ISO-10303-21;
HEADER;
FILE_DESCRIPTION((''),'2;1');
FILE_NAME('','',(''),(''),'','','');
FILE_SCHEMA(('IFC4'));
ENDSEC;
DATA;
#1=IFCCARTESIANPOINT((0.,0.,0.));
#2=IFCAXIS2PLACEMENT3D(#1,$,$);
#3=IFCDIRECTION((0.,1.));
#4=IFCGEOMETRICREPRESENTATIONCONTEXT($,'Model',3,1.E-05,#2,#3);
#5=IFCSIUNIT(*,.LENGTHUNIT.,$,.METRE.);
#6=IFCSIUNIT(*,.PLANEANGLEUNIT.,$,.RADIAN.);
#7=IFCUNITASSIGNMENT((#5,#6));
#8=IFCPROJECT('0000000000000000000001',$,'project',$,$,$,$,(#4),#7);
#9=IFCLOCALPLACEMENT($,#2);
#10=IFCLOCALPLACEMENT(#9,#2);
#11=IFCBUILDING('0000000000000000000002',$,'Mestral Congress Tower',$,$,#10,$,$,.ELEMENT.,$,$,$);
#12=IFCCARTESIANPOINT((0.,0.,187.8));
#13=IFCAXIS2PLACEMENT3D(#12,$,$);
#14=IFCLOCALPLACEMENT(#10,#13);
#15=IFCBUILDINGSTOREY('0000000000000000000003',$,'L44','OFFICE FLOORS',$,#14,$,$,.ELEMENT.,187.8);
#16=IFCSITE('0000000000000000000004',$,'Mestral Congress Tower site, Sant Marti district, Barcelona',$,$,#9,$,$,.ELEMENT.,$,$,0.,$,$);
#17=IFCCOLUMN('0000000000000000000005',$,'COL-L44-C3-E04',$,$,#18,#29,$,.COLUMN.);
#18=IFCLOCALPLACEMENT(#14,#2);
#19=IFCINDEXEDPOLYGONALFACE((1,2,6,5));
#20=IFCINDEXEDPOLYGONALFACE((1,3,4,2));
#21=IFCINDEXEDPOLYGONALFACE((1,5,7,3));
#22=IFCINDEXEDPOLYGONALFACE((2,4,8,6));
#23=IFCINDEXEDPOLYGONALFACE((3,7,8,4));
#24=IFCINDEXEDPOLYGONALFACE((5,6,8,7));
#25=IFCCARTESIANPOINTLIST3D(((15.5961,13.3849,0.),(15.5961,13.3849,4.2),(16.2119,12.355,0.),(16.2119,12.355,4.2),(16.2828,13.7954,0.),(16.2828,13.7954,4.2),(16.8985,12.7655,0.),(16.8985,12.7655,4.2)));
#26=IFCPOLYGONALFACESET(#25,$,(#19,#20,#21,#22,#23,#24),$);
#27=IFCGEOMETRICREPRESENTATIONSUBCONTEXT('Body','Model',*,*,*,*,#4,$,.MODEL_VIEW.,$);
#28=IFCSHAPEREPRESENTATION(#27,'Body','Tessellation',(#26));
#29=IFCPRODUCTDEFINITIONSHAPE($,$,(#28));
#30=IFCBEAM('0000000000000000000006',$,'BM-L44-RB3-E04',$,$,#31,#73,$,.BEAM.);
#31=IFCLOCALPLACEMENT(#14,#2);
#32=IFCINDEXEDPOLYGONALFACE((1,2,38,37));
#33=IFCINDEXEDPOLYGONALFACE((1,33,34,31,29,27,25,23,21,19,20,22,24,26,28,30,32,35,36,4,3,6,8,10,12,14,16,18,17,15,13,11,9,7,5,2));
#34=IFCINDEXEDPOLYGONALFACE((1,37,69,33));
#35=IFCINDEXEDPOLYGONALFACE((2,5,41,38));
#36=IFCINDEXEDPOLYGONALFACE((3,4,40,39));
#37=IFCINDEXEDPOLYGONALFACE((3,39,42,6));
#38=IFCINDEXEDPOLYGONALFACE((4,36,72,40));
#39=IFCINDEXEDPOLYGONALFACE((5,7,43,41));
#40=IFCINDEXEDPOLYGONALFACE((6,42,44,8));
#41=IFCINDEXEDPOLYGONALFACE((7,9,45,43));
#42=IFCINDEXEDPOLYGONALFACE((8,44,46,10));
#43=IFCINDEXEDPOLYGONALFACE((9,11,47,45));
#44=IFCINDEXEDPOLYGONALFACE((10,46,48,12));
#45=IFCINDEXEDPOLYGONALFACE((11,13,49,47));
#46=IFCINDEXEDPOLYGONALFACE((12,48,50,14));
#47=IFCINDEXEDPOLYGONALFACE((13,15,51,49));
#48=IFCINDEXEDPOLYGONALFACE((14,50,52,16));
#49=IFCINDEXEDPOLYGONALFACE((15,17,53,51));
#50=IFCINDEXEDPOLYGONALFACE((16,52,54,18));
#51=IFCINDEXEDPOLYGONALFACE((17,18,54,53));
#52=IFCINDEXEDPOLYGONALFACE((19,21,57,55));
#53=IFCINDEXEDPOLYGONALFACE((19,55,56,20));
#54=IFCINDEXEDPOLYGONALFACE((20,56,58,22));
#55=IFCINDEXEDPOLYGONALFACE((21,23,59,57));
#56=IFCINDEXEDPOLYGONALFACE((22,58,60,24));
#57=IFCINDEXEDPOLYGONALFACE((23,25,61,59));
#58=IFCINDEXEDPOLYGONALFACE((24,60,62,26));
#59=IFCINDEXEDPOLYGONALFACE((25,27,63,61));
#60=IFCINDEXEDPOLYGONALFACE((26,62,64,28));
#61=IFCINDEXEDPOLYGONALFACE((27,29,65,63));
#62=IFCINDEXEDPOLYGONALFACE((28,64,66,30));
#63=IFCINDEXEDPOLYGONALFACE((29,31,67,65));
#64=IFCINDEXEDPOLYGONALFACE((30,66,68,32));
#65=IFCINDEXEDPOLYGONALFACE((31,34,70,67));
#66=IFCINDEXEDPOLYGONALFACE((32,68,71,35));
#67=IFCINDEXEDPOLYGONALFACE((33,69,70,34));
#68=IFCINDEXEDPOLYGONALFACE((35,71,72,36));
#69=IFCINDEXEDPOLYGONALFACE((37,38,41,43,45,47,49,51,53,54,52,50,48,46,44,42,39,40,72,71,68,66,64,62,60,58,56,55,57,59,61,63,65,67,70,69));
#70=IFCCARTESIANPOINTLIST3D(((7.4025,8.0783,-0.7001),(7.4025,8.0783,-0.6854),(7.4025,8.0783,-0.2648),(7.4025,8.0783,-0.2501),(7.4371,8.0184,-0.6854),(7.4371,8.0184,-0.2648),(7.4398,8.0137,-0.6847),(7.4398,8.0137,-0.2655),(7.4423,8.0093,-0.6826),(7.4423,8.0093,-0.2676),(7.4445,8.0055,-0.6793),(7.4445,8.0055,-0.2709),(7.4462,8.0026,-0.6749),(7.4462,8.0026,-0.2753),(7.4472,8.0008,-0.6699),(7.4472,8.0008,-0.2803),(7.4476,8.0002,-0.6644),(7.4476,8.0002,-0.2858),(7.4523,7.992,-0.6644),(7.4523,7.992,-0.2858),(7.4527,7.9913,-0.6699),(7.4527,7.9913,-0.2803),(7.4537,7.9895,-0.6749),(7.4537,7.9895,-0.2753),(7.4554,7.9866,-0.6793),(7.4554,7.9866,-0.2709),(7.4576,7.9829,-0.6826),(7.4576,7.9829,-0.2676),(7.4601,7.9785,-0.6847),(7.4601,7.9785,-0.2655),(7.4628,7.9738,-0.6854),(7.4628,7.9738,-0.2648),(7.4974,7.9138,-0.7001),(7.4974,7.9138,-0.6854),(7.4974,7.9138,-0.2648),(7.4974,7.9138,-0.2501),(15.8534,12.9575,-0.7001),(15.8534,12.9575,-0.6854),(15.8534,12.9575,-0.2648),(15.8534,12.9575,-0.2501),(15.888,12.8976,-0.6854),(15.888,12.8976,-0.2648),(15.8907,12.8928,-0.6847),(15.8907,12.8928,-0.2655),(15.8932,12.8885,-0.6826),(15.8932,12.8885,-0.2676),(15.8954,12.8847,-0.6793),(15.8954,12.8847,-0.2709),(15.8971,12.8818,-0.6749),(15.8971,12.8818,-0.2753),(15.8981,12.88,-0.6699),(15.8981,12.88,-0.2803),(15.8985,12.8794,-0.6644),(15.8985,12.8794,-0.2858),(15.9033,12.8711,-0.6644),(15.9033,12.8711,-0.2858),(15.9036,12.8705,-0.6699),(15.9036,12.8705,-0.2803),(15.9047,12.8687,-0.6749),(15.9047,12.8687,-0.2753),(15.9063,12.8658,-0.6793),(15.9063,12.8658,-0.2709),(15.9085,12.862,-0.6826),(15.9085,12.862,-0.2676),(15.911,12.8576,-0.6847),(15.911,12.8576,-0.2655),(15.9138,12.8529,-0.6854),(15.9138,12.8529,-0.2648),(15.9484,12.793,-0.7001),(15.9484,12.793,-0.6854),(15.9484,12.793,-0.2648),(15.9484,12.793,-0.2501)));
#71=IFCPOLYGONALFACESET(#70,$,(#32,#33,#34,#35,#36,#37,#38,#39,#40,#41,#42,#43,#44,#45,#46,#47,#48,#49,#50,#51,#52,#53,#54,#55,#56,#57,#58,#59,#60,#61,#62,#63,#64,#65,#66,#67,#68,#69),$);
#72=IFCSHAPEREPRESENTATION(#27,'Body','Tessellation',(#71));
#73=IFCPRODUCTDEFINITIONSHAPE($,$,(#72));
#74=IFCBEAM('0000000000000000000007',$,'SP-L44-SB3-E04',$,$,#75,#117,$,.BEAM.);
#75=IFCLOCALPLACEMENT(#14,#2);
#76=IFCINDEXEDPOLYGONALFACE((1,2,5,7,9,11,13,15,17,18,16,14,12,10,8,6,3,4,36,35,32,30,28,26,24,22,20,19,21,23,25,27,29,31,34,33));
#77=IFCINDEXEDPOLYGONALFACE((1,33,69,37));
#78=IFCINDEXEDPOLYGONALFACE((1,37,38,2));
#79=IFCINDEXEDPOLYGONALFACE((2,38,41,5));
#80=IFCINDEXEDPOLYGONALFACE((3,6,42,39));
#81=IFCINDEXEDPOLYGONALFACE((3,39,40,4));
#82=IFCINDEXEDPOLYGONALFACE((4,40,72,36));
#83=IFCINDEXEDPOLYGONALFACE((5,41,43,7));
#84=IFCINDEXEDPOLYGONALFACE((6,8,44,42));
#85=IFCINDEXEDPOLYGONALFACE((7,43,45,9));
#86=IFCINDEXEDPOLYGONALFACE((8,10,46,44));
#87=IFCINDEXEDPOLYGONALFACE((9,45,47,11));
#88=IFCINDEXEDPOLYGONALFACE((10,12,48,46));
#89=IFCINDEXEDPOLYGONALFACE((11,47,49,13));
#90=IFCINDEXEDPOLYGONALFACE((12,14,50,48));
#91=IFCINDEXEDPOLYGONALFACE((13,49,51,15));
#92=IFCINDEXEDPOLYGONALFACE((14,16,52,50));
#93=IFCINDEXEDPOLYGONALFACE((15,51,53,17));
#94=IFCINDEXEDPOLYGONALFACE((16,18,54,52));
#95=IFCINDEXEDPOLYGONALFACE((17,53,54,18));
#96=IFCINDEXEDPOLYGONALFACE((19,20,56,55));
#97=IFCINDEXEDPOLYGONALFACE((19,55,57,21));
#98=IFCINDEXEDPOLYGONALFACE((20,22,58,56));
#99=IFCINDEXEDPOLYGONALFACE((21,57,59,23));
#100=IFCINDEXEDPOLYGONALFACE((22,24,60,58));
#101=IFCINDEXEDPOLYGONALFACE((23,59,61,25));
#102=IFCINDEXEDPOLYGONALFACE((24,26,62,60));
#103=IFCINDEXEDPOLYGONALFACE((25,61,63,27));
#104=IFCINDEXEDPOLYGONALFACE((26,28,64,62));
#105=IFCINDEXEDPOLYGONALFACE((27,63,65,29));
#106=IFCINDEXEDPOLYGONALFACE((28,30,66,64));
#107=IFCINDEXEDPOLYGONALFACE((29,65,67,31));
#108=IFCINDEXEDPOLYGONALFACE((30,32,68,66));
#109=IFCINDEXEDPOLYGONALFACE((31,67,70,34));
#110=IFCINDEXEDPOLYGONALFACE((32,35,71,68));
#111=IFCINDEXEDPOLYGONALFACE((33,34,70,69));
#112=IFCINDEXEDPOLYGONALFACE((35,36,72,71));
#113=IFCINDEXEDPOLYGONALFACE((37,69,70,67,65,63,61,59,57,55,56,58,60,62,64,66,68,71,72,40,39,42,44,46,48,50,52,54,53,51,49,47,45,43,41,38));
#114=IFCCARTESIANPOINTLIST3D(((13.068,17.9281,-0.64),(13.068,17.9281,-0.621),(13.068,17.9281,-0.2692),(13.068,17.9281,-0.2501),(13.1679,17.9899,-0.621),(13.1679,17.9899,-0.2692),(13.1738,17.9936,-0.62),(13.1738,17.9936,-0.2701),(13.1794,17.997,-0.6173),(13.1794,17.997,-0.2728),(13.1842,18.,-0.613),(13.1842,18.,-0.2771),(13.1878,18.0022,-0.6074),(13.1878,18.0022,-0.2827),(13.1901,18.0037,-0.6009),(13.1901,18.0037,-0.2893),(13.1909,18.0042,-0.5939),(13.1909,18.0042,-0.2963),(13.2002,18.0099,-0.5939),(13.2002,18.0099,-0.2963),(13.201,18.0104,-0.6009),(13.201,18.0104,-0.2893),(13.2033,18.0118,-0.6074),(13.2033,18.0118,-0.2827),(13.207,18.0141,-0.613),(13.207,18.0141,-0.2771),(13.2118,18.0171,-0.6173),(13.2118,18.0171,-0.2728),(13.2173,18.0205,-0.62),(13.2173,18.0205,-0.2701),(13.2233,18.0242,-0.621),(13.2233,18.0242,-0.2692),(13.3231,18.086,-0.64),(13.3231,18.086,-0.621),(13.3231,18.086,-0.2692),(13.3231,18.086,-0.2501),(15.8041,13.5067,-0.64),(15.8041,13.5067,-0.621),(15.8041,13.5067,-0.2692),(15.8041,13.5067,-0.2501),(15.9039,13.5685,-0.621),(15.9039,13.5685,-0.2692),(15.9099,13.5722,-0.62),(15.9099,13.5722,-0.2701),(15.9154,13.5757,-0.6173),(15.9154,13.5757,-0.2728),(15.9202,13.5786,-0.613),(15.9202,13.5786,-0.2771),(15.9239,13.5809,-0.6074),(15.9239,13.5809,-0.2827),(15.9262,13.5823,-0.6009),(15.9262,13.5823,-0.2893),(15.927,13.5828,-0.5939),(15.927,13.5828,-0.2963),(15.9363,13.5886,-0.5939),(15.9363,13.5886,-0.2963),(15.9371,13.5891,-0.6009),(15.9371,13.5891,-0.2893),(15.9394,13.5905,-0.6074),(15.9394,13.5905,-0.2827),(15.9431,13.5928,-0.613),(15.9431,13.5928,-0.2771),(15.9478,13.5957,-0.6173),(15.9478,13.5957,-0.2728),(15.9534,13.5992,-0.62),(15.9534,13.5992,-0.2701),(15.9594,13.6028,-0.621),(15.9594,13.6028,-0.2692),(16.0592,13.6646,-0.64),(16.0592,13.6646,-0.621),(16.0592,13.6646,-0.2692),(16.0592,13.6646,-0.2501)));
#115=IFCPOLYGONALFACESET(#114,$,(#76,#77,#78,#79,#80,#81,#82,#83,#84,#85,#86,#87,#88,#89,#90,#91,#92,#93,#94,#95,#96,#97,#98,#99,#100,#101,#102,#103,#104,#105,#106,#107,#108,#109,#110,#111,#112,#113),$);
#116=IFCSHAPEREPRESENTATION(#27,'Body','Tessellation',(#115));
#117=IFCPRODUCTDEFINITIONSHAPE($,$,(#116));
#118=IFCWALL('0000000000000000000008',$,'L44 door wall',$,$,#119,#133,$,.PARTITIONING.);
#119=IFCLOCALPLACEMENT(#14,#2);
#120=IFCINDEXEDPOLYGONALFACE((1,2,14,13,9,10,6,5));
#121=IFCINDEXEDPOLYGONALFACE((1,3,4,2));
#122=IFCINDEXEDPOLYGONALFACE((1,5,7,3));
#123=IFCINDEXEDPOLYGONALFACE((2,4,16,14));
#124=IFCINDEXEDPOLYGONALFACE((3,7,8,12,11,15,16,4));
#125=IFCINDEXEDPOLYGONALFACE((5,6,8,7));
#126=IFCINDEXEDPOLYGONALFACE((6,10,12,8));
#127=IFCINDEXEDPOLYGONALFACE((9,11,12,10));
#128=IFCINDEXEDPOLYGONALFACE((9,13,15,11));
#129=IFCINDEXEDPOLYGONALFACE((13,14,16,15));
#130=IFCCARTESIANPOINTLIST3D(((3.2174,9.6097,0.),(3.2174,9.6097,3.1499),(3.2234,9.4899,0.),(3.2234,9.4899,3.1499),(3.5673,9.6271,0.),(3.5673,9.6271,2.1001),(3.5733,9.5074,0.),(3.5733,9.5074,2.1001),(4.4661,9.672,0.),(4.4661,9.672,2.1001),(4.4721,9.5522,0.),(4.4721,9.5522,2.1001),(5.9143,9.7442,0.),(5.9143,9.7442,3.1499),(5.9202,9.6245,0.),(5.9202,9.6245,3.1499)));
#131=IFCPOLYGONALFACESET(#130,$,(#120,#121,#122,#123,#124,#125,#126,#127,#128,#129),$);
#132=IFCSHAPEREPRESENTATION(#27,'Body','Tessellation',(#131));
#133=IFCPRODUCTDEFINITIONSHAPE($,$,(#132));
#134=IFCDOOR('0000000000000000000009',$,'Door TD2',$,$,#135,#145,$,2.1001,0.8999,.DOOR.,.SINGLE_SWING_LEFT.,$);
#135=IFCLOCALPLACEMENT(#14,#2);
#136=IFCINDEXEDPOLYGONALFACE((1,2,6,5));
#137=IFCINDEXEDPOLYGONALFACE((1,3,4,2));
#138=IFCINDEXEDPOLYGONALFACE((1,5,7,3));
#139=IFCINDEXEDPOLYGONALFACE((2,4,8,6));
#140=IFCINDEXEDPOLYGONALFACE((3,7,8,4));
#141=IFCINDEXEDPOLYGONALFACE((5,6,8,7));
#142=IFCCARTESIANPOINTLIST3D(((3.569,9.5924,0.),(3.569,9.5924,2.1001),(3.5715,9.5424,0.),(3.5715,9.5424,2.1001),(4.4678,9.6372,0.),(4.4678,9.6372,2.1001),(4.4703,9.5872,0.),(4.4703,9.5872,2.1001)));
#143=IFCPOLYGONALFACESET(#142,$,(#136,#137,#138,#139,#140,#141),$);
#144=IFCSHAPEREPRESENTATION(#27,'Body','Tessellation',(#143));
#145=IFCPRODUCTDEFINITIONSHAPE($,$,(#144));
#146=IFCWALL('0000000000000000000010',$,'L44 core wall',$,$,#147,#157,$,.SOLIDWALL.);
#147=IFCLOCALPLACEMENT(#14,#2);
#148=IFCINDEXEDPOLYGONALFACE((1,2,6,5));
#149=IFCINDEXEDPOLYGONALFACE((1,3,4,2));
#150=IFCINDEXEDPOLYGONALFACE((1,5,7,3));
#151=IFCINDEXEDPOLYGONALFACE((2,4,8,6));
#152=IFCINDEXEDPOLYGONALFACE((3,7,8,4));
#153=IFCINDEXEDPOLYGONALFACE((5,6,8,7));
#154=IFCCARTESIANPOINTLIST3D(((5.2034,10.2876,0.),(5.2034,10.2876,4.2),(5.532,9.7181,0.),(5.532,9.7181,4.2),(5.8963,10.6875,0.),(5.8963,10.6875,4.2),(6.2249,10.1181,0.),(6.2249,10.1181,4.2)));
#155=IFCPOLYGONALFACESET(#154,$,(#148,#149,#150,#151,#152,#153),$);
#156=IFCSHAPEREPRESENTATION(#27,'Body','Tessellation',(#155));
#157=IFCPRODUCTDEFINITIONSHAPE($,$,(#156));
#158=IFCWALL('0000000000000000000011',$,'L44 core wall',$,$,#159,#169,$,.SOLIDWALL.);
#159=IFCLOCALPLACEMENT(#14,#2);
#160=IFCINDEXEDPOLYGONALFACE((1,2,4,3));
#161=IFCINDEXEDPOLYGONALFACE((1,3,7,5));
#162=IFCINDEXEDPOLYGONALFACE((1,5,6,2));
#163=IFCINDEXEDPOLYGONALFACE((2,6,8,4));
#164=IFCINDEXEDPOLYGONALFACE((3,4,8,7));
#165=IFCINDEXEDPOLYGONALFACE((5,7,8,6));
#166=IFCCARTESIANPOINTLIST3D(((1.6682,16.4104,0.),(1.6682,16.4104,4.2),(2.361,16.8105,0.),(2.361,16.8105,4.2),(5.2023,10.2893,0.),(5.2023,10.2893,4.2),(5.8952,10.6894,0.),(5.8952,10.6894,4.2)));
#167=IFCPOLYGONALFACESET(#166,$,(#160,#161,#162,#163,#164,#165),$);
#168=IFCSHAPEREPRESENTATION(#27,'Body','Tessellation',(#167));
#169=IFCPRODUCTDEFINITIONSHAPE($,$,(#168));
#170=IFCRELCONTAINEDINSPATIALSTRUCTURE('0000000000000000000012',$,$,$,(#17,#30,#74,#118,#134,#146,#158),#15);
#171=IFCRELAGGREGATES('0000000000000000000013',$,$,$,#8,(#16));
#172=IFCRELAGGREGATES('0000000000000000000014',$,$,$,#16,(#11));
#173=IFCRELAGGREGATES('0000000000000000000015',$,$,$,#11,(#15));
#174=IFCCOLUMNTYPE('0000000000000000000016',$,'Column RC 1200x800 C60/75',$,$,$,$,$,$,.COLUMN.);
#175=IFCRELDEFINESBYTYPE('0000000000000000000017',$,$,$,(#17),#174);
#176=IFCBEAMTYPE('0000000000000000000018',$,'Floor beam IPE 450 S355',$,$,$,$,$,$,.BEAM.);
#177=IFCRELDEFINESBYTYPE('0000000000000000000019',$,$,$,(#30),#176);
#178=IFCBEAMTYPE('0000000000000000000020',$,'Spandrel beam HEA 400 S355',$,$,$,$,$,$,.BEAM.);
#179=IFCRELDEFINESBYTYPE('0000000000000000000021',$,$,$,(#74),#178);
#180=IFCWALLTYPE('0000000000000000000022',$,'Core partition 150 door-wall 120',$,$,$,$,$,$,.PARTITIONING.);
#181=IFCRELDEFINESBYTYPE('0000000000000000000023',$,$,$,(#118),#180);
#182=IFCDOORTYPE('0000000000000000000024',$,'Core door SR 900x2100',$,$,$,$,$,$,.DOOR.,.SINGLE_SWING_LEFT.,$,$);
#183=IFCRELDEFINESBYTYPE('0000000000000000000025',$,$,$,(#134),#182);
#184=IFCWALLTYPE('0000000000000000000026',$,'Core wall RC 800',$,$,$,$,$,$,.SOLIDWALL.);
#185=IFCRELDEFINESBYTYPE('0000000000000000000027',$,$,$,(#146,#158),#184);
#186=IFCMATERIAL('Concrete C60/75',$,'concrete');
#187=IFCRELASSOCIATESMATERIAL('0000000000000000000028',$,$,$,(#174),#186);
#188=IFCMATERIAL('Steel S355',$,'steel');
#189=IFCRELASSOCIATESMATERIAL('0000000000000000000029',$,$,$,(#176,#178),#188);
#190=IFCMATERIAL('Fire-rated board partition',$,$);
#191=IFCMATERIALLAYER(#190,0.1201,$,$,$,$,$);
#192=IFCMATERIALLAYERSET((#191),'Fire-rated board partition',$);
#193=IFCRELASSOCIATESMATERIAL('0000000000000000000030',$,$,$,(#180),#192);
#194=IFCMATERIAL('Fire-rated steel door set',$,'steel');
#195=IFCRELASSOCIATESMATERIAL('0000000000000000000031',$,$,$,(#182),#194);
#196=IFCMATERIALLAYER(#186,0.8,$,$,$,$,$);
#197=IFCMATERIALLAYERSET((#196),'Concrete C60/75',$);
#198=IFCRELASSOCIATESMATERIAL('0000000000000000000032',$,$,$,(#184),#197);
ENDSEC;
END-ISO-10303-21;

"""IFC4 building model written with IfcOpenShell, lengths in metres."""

from ifc_helpers import new_model, si_unit, direction, frame, frame_2d, origin, origin_2d, place, context, subcontext, project, spatial, rectangle, i_section, extrude, material, layer, layer_set, material_profile, profile_set, type_object, element, fill, save


model = new_model("IFC4")

# Units and contexts
model_context = context("Model", 3, precision=1e-05, world=origin(), true_north=direction((0.0, 1.0)))
body_context = subcontext(model_context, "Body", "Model", "MODEL_VIEW")
ifc_project = project(units=[si_unit("LENGTHUNIT", "METRE"), si_unit("PLANEANGLEUNIT", "RADIAN")], contexts=[model_context])

# Site, building, storey
site_placement = place(None, origin())
site = spatial("IfcSite", under=ifc_project, at=site_placement, Name="Mestral Congress Tower site, Sant Marti district, Barcelona", CompositionType="ELEMENT", RefElevation=0.0)
building_placement = place(site_placement, origin())
building = spatial("IfcBuilding", under=site, at=building_placement, Name="Mestral Congress Tower", CompositionType="ELEMENT")
storey_placement = place(building_placement, frame((0.0, 0.0, 187.8)))
storey = spatial("IfcBuildingStorey", under=building, at=storey_placement, Name="L44", Description="OFFICE FLOORS", CompositionType="ELEMENT", Elevation=187.8)

# Column
ifc_material_1 = material(Name="Concrete C60/75", Category="concrete")
ifc_material_profile_1 = material_profile(ifc_material_1, rectangle(XDim=1.2, YDim=0.8, at=origin_2d()), Name="RC 1200x800")
ifc_profile_set_1 = profile_set([ifc_material_profile_1], Name="Concrete C60/75")
column_type = type_object("IfcColumnType", Name="Column RC 1200x800 C60/75", PredefinedType="COLUMN", material=ifc_profile_set_1)
column_placement = place(storey_placement, frame((16.2473, 13.0752, 0.0), z_axis=(0.0, 0.0, 1.0), x_axis=(-0.513159, 0.858293, 0.0)))
element("IfcColumn", 1, at=column_placement, inside=storey, type_object=column_type, Name="COL-L44-C3-E04", PredefinedType="COLUMN", context=body_context, shape_type="SweptSolid", body=[
    extrude(rectangle(XDim=1.2, YDim=0.8, at=origin_2d()), origin(), (0.0, 0.0, 1.0), 4.2),
])

# Beams
ifc_material_2 = material(Name="Steel S355", Category="steel")
ifc_material_profile_2 = material_profile(ifc_material_2, i_section(OverallWidth=0.1899, OverallDepth=0.45, WebThickness=0.0095, FlangeThickness=0.0146, FilletRadius=0.021, at=origin_2d()), Name="IPE 450")
ifc_profile_set_2 = profile_set([ifc_material_profile_2], Name="Steel S355")
beam_type_1 = type_object("IfcBeamType", Name="Floor beam IPE 450 S355", PredefinedType="BEAM", material=ifc_profile_set_2)
beam_1_placement = place(storey_placement, frame((15.9009, 12.8752, -0.4751), z_axis=(-0.866025, -0.5, 0.0), x_axis=(0.5, -0.866025, 0.0)))
element("IfcBeam", 2, at=beam_1_placement, inside=storey, type_object=beam_type_1, Name="BM-L44-RB3-E04", PredefinedType="BEAM", context=body_context, shape_type="SweptSolid", body=[
    extrude(i_section(OverallWidth=0.1899, OverallDepth=0.45, WebThickness=0.0095, FlangeThickness=0.0146, FilletRadius=0.021, at=origin_2d()), origin(), (0.0, 0.0, 1.0), 9.7583),
])
ifc_material_profile_3 = material_profile(ifc_material_2, i_section(OverallWidth=0.3, OverallDepth=0.3899, WebThickness=0.011, FlangeThickness=0.019, FilletRadius=0.0271, at=origin_2d()), Name="HEA 400")
ifc_profile_set_3 = profile_set([ifc_material_profile_3], Name="Steel S355")
beam_type_2 = type_object("IfcBeamType", Name="Spandrel beam HEA 400 S355", PredefinedType="BEAM", material=ifc_profile_set_3)
beam_2_placement = place(storey_placement, frame((15.9316, 13.5857, -0.4451), z_axis=(-0.52622, 0.850348, 0.0), x_axis=(-0.850348, -0.52622, 0.0)))
element("IfcBeam", 3, at=beam_2_placement, inside=storey, type_object=beam_type_2, Name="SP-L44-SB3-E04", PredefinedType="BEAM", context=body_context, shape_type="SweptSolid", body=[
    extrude(i_section(OverallWidth=0.3, OverallDepth=0.3899, WebThickness=0.011, FlangeThickness=0.019, FilletRadius=0.0271, at=origin_2d()), origin(), (0.0, 0.0, 1.0), 5.1995),
])

# Wall, opening, door
ifc_material_3 = material(Name="Fire-rated board partition")
ifc_layer_1 = layer(ifc_material_3, 0.1201)
ifc_layer_set_1 = layer_set([ifc_layer_1], Name="Fire-rated board partition")
wall_type_1 = type_object("IfcWallType", Name="Core partition 150 door-wall 120", PredefinedType="PARTITIONING", material=ifc_layer_set_1)
wall_1_placement = place(storey_placement, frame((5.9172, 9.6843, 0.0), z_axis=(0.0, 0.0, 1.0), x_axis=(-0.998758, -0.04982, 0.0)))
wall_1 = element("IfcWall", 4, at=wall_1_placement, inside=storey, type_object=wall_type_1, Name="L44 door wall", PredefinedType="PARTITIONING", context=body_context, shape_type="SweptSolid", body=[
    extrude(rectangle(XDim=2.7002, YDim=0.1199, at=frame_2d((1.3501, 0.0))), origin(), (0.0, 0.0, 1.0), 3.1499),
])
opening_1_placement = place(wall_1_placement, frame((1.45, 0.0, 0.0)))
opening_1 = element("IfcOpeningElement", 5, at=opening_1_placement, cuts=wall_1, PredefinedType="OPENING", context=body_context, shape_type="SweptSolid", body=[
    extrude(rectangle(XDim=0.8999, YDim=2.1001, at=frame_2d((0.45, 1.05))), frame((0.0, 0.0698, 0.0), z_axis=(0.0, -1.0, 0.0), x_axis=(1.0, 0.0, 0.0)), (0.0, 0.0, 1.0), 0.1399),
])
ifc_material_4 = material(Name="Fire-rated steel door set", Category="steel")
door_type_1 = type_object("IfcDoorType", Name="Core door SR 900x2100", OperationType="SINGLE_SWING_LEFT", PredefinedType="DOOR", material=ifc_material_4)
door_1_placement = place(opening_1_placement, origin())
door_1 = element("IfcDoor", 6, at=door_1_placement, inside=storey, type_object=door_type_1, Name="Door TD2", OperationType="SINGLE_SWING_LEFT", OverallHeight=2.1001, OverallWidth=0.8999, PredefinedType="DOOR", context=body_context, shape_type="SweptSolid", body=[
    extrude(rectangle(XDim=0.8999, YDim=2.1001, at=frame_2d((0.45, 1.05))), frame((0.0, 0.0249, 0.0), z_axis=(0.0, -1.0, 0.0), x_axis=(1.0, 0.0, 0.0)), (0.0, 0.0, 1.0), 0.05),
])
fill(opening_1, door_1)

# Walls
ifc_layer_2 = layer(ifc_material_1, 0.8)
ifc_layer_set_2 = layer_set([ifc_layer_2], Name="Concrete C60/75")
wall_type_2 = type_object("IfcWallType", Name="Core wall RC 800", PredefinedType="SOLIDWALL", material=ifc_layer_set_2)
wall_2_placement = place(storey_placement, frame((5.8784, 9.9182, 0.0), z_axis=(0.0, 0.0, 1.0), x_axis=(-0.499894, 0.866087, 0.0)))
element("IfcWall", 7, at=wall_2_placement, inside=storey, type_object=wall_type_2, Name="L44 core wall", PredefinedType="SOLIDWALL", context=body_context, shape_type="SweptSolid", body=[
    extrude(rectangle(XDim=0.6575, YDim=0.8, at=frame_2d((0.3286, 0.0))), origin(), (0.0, 0.0, 1.0), 4.2),
])
wall_3_placement = place(storey_placement, frame((5.5488, 10.4893, 0.0), z_axis=(0.0, 0.0, 1.0), x_axis=(-0.500017, 0.866015, 0.0)))
element("IfcWall", 8, at=wall_3_placement, inside=storey, type_object=wall_type_2, Name="L44 core wall", PredefinedType="SOLIDWALL", context=body_context, shape_type="SweptSolid", body=[
    extrude(rectangle(XDim=7.0681, YDim=0.8, at=frame_2d((3.5342, 0.0))), origin(), (0.0, 0.0, 1.0), 4.2),
])

save(model, "model.ifc")
